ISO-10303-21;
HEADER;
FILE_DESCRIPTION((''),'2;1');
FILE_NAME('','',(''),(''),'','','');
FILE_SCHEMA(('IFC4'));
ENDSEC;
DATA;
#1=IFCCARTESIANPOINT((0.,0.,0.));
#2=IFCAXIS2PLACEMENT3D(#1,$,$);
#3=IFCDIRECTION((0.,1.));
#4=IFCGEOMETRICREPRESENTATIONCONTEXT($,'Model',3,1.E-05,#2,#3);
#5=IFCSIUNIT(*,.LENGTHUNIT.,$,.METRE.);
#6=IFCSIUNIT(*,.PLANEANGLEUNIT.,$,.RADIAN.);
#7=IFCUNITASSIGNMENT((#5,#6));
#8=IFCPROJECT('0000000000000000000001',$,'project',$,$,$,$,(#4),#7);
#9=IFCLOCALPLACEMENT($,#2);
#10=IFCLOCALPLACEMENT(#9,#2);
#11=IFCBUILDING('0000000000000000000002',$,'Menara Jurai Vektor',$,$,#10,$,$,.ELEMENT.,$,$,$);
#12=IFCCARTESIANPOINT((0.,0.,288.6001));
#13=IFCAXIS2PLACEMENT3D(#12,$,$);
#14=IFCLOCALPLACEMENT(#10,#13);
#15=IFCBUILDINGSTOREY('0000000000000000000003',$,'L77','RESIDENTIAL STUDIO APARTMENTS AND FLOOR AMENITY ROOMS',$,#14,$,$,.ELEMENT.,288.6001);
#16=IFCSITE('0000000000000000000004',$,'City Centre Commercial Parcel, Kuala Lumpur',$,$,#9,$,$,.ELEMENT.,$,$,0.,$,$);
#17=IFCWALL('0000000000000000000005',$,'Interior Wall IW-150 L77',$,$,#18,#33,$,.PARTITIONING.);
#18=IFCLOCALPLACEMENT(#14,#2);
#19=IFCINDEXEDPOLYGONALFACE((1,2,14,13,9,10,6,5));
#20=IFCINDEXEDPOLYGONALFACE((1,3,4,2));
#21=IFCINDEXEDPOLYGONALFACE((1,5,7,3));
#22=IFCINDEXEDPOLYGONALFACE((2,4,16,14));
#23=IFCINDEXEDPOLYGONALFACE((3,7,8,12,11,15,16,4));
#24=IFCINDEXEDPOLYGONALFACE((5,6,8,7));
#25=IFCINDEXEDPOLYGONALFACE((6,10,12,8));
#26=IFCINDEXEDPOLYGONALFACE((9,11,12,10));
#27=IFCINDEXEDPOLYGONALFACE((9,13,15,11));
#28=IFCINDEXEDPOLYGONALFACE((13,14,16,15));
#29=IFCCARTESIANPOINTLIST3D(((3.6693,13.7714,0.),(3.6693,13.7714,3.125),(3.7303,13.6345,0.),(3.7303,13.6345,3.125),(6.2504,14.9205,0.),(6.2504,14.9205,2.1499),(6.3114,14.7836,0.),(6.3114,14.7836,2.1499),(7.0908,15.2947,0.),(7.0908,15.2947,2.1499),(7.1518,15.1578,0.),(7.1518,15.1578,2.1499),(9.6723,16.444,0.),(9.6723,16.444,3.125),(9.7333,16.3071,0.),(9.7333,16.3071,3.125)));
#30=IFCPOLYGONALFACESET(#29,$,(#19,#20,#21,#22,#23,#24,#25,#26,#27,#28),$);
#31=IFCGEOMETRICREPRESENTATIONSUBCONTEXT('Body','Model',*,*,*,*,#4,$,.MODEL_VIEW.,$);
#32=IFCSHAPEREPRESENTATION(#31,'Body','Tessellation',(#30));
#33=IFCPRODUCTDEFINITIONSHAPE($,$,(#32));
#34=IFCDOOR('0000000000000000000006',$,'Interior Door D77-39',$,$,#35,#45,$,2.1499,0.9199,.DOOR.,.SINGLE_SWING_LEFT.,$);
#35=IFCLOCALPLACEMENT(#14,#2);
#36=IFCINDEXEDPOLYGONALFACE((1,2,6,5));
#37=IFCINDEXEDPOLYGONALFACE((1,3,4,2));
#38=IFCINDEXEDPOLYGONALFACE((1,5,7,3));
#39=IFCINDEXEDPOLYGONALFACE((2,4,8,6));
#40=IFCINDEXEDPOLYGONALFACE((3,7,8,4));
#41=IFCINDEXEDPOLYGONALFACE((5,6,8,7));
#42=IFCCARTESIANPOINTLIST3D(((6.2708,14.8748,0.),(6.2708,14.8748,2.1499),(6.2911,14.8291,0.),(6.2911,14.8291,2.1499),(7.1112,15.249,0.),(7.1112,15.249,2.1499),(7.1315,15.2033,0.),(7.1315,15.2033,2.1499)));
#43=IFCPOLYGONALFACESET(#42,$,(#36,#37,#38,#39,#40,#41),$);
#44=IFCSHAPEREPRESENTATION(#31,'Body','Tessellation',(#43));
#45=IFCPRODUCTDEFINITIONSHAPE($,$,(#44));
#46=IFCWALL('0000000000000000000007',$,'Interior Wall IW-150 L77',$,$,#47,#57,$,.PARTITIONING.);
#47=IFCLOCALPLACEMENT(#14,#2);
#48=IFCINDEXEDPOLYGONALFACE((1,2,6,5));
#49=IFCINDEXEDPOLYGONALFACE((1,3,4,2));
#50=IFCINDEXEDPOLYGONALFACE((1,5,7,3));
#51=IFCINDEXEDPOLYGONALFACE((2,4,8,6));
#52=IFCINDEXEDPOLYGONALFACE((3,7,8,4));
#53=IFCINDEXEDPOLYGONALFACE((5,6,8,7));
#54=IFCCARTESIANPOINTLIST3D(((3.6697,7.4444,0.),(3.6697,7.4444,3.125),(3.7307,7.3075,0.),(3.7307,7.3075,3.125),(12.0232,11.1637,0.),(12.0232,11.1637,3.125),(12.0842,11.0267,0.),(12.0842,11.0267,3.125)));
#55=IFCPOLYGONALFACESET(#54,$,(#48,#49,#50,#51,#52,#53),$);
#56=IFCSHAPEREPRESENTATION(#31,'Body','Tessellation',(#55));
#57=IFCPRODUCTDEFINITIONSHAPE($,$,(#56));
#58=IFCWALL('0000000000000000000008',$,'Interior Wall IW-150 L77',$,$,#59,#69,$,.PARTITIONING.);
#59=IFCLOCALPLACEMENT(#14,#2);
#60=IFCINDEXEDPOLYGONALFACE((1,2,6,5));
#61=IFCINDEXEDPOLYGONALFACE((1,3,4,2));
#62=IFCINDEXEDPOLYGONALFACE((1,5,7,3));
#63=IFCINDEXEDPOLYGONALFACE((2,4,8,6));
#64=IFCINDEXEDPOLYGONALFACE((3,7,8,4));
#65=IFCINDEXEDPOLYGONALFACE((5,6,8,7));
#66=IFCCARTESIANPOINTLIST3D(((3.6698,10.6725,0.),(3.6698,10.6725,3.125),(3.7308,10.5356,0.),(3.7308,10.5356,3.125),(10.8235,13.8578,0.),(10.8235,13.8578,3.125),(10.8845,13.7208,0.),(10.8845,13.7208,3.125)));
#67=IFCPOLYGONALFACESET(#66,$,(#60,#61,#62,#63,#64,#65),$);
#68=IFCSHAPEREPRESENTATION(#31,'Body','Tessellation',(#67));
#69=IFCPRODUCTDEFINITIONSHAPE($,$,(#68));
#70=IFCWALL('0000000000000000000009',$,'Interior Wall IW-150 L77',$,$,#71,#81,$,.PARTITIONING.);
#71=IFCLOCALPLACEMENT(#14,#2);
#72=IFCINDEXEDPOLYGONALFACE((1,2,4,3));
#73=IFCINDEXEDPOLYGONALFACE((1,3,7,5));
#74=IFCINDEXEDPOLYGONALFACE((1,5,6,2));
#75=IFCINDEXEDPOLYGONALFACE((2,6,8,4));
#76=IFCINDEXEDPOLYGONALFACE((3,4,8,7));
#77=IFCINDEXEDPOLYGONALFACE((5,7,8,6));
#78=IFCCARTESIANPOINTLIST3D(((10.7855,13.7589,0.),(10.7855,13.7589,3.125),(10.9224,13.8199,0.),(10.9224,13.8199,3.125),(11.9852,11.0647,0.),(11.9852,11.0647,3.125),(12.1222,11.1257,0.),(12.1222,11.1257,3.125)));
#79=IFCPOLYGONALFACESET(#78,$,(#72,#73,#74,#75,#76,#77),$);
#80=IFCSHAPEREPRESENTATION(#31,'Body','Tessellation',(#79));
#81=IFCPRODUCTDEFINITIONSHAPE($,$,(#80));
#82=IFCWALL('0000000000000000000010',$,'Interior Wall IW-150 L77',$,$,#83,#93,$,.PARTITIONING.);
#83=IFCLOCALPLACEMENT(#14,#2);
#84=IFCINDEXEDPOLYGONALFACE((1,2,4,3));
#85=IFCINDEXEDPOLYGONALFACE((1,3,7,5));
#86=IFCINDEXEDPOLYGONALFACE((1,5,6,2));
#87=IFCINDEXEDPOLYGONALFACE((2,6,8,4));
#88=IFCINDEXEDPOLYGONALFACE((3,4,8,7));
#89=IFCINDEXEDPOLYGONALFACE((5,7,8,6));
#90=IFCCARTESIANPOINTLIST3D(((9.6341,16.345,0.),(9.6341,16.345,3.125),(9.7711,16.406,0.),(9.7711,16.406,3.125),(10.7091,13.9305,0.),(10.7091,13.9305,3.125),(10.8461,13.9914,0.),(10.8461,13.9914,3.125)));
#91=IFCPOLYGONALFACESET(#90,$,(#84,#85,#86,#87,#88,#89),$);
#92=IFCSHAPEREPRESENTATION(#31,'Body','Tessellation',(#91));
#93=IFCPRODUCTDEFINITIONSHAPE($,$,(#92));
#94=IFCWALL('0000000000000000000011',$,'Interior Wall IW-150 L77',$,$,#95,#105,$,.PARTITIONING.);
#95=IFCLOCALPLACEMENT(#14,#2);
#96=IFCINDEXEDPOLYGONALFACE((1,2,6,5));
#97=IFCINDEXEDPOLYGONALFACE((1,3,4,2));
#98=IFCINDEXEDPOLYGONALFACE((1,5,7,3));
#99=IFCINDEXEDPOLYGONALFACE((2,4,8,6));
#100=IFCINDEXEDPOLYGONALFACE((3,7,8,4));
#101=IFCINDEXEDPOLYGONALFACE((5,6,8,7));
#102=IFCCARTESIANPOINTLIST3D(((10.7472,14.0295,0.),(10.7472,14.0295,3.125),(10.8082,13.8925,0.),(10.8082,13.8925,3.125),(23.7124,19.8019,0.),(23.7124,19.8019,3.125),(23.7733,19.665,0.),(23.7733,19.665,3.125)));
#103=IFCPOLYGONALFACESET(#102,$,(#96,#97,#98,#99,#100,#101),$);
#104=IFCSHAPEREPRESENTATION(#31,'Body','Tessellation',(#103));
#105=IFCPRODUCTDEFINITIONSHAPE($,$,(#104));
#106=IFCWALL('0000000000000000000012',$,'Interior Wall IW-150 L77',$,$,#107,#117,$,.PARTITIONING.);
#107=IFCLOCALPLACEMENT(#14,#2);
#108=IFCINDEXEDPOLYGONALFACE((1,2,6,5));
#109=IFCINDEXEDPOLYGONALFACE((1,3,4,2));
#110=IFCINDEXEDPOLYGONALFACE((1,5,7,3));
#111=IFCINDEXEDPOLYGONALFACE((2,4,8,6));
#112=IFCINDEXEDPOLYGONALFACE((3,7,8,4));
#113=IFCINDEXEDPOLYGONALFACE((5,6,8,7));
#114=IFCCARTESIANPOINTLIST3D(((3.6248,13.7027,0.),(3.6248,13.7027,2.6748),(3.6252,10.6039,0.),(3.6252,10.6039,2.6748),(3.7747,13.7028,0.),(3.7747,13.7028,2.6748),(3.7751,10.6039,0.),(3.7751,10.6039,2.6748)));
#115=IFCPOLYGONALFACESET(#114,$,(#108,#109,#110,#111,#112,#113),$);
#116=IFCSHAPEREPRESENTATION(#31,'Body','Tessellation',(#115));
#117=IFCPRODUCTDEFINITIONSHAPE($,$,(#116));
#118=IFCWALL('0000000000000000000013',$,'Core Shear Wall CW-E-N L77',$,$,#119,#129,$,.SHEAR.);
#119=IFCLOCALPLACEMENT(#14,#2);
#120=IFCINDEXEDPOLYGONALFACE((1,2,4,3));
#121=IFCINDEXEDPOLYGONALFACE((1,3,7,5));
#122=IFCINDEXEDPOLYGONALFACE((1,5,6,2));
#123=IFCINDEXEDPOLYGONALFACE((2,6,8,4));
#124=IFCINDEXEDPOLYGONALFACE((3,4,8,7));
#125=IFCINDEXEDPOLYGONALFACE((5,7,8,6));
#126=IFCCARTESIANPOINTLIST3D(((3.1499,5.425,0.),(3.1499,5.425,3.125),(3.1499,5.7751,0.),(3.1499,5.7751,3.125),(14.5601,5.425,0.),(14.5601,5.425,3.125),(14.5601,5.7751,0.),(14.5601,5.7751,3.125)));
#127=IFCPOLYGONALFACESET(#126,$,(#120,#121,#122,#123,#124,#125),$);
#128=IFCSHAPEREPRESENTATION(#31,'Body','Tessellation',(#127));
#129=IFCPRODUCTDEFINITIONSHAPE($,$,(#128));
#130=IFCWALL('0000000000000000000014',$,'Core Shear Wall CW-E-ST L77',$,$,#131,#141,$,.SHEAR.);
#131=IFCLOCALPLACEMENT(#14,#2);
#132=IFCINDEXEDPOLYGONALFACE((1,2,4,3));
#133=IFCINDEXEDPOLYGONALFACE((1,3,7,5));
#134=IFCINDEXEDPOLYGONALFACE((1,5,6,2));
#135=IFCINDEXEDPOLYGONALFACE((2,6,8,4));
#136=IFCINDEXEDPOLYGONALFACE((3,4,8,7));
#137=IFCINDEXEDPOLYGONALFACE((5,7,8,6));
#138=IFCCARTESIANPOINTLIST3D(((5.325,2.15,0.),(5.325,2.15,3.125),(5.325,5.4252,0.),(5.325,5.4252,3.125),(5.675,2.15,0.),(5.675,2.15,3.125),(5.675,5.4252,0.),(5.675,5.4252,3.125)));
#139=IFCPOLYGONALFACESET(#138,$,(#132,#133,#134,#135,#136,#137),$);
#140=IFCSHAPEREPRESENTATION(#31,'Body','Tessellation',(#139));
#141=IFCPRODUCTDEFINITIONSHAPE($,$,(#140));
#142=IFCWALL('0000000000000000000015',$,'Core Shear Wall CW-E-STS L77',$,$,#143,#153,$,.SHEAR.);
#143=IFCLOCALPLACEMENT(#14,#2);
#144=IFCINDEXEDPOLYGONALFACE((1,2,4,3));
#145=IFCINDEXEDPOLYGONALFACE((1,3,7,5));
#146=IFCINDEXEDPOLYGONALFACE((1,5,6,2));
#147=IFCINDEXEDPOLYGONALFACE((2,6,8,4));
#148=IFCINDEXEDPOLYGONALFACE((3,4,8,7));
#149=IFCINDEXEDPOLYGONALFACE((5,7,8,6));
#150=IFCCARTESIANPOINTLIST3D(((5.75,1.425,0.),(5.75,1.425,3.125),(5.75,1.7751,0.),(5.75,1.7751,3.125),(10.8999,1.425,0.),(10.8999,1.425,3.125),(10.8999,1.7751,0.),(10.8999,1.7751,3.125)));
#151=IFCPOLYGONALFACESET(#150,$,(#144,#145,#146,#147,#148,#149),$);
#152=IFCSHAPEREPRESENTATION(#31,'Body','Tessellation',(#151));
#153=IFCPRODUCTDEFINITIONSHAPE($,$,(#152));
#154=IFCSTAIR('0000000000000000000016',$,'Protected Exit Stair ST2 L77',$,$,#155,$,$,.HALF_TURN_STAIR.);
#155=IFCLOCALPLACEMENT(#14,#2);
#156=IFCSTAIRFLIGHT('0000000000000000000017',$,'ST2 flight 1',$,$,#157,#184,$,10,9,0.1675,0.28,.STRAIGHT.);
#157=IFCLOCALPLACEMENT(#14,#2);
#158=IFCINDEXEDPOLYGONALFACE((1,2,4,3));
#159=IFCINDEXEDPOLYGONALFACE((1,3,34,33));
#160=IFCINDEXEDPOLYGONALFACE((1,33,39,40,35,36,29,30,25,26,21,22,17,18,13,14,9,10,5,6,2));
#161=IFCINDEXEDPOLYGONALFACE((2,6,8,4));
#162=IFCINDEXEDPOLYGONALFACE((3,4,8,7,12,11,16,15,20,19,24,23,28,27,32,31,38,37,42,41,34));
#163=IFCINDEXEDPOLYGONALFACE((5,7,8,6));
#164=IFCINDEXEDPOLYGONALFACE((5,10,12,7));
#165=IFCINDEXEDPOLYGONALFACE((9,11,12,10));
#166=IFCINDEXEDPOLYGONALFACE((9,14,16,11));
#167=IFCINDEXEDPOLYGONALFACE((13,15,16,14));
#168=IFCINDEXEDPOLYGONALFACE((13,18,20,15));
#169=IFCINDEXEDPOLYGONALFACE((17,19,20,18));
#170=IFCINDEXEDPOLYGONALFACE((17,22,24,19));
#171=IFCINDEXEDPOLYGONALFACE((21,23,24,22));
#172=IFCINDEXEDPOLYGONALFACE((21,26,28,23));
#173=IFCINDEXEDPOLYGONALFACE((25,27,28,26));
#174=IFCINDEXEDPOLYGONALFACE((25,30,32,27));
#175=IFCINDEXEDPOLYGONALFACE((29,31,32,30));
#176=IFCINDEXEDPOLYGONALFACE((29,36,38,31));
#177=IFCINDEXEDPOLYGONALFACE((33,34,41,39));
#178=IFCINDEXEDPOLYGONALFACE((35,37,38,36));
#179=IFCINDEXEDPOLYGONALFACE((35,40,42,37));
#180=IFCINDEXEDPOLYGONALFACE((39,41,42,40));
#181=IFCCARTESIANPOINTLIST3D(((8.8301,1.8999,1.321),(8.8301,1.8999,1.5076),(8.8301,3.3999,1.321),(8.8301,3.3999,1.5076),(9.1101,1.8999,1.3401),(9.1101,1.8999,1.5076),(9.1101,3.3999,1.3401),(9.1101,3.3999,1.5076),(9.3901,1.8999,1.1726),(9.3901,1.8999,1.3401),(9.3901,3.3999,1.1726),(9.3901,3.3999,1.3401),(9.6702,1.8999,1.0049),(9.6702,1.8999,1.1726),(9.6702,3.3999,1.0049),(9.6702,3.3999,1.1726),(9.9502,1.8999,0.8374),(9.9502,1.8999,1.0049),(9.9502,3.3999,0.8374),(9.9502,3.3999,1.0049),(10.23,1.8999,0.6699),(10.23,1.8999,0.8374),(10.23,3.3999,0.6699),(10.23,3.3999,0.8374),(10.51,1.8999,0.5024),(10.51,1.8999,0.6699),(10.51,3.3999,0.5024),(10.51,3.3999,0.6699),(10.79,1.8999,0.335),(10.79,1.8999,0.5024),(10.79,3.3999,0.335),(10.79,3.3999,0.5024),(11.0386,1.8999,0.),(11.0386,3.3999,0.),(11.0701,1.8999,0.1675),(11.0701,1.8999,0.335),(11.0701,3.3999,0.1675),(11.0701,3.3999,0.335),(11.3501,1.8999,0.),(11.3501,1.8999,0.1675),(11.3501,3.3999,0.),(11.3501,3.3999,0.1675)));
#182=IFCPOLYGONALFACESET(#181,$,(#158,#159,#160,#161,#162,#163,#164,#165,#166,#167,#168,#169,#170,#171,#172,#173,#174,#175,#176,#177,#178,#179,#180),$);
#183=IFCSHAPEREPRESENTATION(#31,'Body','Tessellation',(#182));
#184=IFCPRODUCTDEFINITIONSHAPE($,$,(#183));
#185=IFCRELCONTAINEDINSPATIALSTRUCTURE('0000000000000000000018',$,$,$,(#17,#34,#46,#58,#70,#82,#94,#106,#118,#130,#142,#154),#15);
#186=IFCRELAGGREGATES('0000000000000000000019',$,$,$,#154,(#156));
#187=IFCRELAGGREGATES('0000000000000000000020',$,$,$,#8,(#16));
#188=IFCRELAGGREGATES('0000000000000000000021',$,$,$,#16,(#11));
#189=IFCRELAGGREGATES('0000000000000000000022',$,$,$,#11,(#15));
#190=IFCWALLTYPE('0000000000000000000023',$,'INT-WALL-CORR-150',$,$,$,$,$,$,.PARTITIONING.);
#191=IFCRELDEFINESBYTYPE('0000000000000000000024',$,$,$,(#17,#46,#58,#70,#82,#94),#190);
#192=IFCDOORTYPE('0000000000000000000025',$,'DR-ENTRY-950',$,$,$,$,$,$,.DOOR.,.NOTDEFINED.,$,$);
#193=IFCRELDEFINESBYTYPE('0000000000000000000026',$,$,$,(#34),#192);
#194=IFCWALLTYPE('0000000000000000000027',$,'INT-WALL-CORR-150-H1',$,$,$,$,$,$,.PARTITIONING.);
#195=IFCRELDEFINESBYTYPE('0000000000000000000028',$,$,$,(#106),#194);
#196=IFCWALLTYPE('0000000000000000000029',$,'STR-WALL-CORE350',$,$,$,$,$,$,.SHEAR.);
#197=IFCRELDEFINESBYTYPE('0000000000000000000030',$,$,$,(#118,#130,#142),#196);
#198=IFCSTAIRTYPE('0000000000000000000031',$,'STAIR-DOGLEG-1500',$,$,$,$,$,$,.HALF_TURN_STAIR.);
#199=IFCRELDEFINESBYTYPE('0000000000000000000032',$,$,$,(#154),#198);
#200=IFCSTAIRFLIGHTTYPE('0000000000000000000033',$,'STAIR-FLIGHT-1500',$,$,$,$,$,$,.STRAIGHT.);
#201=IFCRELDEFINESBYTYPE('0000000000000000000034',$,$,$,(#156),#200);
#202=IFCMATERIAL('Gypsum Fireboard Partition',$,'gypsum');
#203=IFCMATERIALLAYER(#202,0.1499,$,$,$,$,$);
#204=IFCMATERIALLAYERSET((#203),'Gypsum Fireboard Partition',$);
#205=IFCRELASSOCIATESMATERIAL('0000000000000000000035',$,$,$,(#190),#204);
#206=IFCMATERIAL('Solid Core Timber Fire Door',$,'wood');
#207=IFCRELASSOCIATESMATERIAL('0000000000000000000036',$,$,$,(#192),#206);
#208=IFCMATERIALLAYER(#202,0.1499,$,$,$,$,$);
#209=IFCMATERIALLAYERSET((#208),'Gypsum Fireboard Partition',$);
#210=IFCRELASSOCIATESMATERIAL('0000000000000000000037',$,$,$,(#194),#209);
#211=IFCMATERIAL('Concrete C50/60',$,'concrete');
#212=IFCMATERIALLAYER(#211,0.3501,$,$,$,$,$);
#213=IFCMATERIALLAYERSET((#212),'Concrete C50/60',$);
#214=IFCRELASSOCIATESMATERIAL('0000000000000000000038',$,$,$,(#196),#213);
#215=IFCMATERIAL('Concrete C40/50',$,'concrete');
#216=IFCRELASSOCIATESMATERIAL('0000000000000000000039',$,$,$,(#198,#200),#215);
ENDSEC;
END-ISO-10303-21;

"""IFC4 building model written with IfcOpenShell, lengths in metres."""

from ifc_helpers import new_model, si_unit, direction, frame, frame_2d, origin, place, context, subcontext, project, spatial, polyline, rectangle, outline, extrude, material, layer, layer_set, type_object, element, fill, aggregate, save


model = new_model("IFC4")

# Units and contexts
model_context = context("Model", 3, precision=1e-05, world=origin(), true_north=direction((0.0, 1.0)))
body_context = subcontext(model_context, "Body", "Model", "MODEL_VIEW")
ifc_project = project(units=[si_unit("LENGTHUNIT", "METRE"), si_unit("PLANEANGLEUNIT", "RADIAN")], contexts=[model_context])

# Site, building, storey
site_placement = place(None, origin())
site = spatial("IfcSite", under=ifc_project, at=site_placement, Name="City Centre Commercial Parcel, Kuala Lumpur", CompositionType="ELEMENT", RefElevation=0.0)
building_placement = place(site_placement, origin())
building = spatial("IfcBuilding", under=site, at=building_placement, Name="Menara Jurai Vektor", CompositionType="ELEMENT")
storey_placement = place(building_placement, frame((0.0, 0.0, 288.6001)))
storey = spatial("IfcBuildingStorey", under=building, at=storey_placement, Name="L77", Description="RESIDENTIAL STUDIO APARTMENTS AND FLOOR AMENITY ROOMS", CompositionType="ELEMENT", Elevation=288.6001)

# Shared definitions
ifc_material_1 = material(Name="Concrete C50/60", Category="concrete")

# Shared definitions
ifc_material_2 = material(Name="Concrete C40/50", Category="concrete")

# Shared definitions
ifc_material_3 = material(Name="Gypsum Fireboard Partition", Category="gypsum")
ifc_layer_1 = layer(ifc_material_3, 0.1499)
ifc_layer_set_1 = layer_set([ifc_layer_1], Name="Gypsum Fireboard Partition")
wall_type_1 = type_object("IfcWallType", Name="INT-WALL-CORR-150", PredefinedType="PARTITIONING", material=ifc_layer_set_1)

# Wall, opening, door
ifc_material_4 = material(Name="Solid Core Timber Fire Door", Category="wood")
door_type_1 = type_object("IfcDoorType", Name="DR-ENTRY-950", OperationType="NOTDEFINED", PredefinedType="DOOR", material=ifc_material_4)
wall_1_placement = place(storey_placement, frame((3.6997, 13.7029, 0.0), z_axis=(0.0, 0.0, 1.0), x_axis=(0.913549, 0.406728, 0.0)))
wall_1 = element("IfcWall", 1, at=wall_1_placement, inside=storey, type_object=wall_type_1, Name="Interior Wall IW-150 L77", PredefinedType="PARTITIONING", context=body_context, shape_type="SweptSolid", body=[
    extrude(rectangle(XDim=6.571, YDim=0.1499, at=frame_2d((3.2856, 0.0))), origin(), (0.0, 0.0, 1.0), 3.125),
])
opening_1_placement = place(wall_1_placement, frame((2.8254, 0.0, 0.0)))
opening_1 = element("IfcOpeningElement", 2, at=opening_1_placement, cuts=wall_1, PredefinedType="OPENING", context=body_context, shape_type="SweptSolid", body=[
    extrude(rectangle(XDim=0.9199, YDim=2.1499, at=frame_2d((0.46, 1.075))), frame((0.0, 0.085, 0.0), z_axis=(0.0, -1.0, 0.0), x_axis=(1.0, 0.0, 0.0)), (0.0, 0.0, 1.0), 0.1699),
])
door_1_placement = place(opening_1_placement, origin())
door_1 = element("IfcDoor", 3, at=door_1_placement, inside=storey, type_object=door_type_1, Name="Interior Door D77-39", OperationType="SINGLE_SWING_LEFT", OverallHeight=2.1499, OverallWidth=0.9199, PredefinedType="DOOR", context=body_context, shape_type="SweptSolid", body=[
    extrude(rectangle(XDim=0.9199, YDim=2.1499, at=frame_2d((0.46, 1.075))), frame((0.0, 0.0249, 0.0), z_axis=(0.0, -1.0, 0.0), x_axis=(1.0, 0.0, 0.0)), (0.0, 0.0, 1.0), 0.05),
])
fill(opening_1, door_1)

# Walls
wall_2_placement = place(storey_placement, frame((3.7002, 7.376, 0.0), z_axis=(0.0, 0.0, 1.0), x_axis=(0.913545, 0.406738, 0.0)))
element("IfcWall", 4, at=wall_2_placement, inside=storey, type_object=wall_type_1, Name="Interior Wall IW-150 L77", PredefinedType="PARTITIONING", context=body_context, shape_type="SweptSolid", body=[
    extrude(rectangle(XDim=9.144, YDim=0.1499, at=frame_2d((4.572, 0.0))), origin(), (0.0, 0.0, 1.0), 3.125),
])
wall_3_placement = place(storey_placement, frame((3.7002, 10.604, 0.0), z_axis=(0.0, 0.0, 1.0), x_axis=(0.913535, 0.40676, 0.0)))
element("IfcWall", 5, at=wall_3_placement, inside=storey, type_object=wall_type_1, Name="Interior Wall IW-150 L77", PredefinedType="PARTITIONING", context=body_context, shape_type="SweptSolid", body=[
    extrude(rectangle(XDim=7.8308, YDim=0.1499, at=frame_2d((3.9155, 0.0))), origin(), (0.0, 0.0, 1.0), 3.125),
])
wall_4_placement = place(storey_placement, frame((12.0537, 11.0952, 0.0), z_axis=(0.0, 0.0, 1.0), x_axis=(-0.406799, 0.913518, 0.0)))
element("IfcWall", 6, at=wall_4_placement, inside=storey, type_object=wall_type_1, Name="Interior Wall IW-150 L77", PredefinedType="PARTITIONING", context=body_context, shape_type="SweptSolid", body=[
    extrude(rectangle(XDim=2.9492, YDim=0.1499, at=frame_2d((1.4746, 0.0))), origin(), (0.0, 0.0, 1.0), 3.125),
])
wall_5_placement = place(storey_placement, frame((10.7776, 13.9609, 0.0), z_axis=(0.0, 0.0, 1.0), x_axis=(-0.406713, 0.913556, 0.0)))
element("IfcWall", 7, at=wall_5_placement, inside=storey, type_object=wall_type_1, Name="Interior Wall IW-150 L77", PredefinedType="PARTITIONING", context=body_context, shape_type="SweptSolid", body=[
    extrude(rectangle(XDim=2.6431, YDim=0.1499, at=frame_2d((1.3215, 0.0))), origin(), (0.0, 0.0, 1.0), 3.125),
])
wall_6_placement = place(storey_placement, frame((10.7776, 13.9609, 0.0), z_axis=(0.0, 0.0, 1.0), x_axis=(0.913545, 0.406739, 0.0)))
element("IfcWall", 8, at=wall_6_placement, inside=storey, type_object=wall_type_1, Name="Interior Wall IW-150 L77", PredefinedType="PARTITIONING", context=body_context, shape_type="SweptSolid", body=[
    extrude(rectangle(XDim=14.1921, YDim=0.1499, at=frame_2d((7.0962, 0.0))), origin(), (0.0, 0.0, 1.0), 3.125),
])

# Shared definitions
ifc_layer_2 = layer(ifc_material_3, 0.1499)
ifc_layer_set_2 = layer_set([ifc_layer_2], Name="Gypsum Fireboard Partition")
wall_type_2 = type_object("IfcWallType", Name="INT-WALL-CORR-150-H1", PredefinedType="PARTITIONING", material=ifc_layer_set_2)

# Walls
wall_7_placement = place(storey_placement, frame((3.7002, 10.604, 0.0), z_axis=(0.0, 0.0, 1.0), x_axis=(-0.000158, 1.0, 0.0)))
element("IfcWall", 9, at=wall_7_placement, inside=storey, type_object=wall_type_2, Name="Interior Wall IW-150 L77", PredefinedType="PARTITIONING", context=body_context, shape_type="SweptSolid", body=[
    extrude(rectangle(XDim=3.0989, YDim=0.1499, at=frame_2d((1.5493, 0.0))), origin(), (0.0, 0.0, 1.0), 2.6748),
])
ifc_layer_3 = layer(ifc_material_1, 0.3501)
ifc_layer_set_3 = layer_set([ifc_layer_3], Name="Concrete C50/60")
wall_type_3 = type_object("IfcWallType", Name="STR-WALL-CORE350", PredefinedType="SHEAR", material=ifc_layer_set_3)
wall_8_placement = place(storey_placement, frame((3.1499, 5.6001, 0.0), z_axis=(0.0, 0.0, 1.0), x_axis=(1.0, 0.0, 0.0)))
element("IfcWall", 10, at=wall_8_placement, inside=storey, type_object=wall_type_3, Name="Core Shear Wall CW-E-N L77", PredefinedType="SHEAR", context=body_context, shape_type="SweptSolid", body=[
    extrude(rectangle(XDim=11.4102, YDim=0.3501, at=frame_2d((5.7051, 0.0))), origin(), (0.0, 0.0, 1.0), 3.125),
])
wall_9_placement = place(storey_placement, frame((5.5, 2.1499, 0.0), z_axis=(0.0, 0.0, 1.0), x_axis=(0.0, 1.0, 0.0)))
element("IfcWall", 11, at=wall_9_placement, inside=storey, type_object=wall_type_3, Name="Core Shear Wall CW-E-ST L77", PredefinedType="SHEAR", context=body_context, shape_type="SweptSolid", body=[
    extrude(rectangle(XDim=3.2751, YDim=0.3501, at=frame_2d((1.6377, 0.0))), origin(), (0.0, 0.0, 1.0), 3.125),
])
wall_10_placement = place(storey_placement, frame((5.75, 1.6001, 0.0), z_axis=(0.0, 0.0, 1.0), x_axis=(1.0, 0.0, 0.0)))
element("IfcWall", 12, at=wall_10_placement, inside=storey, type_object=wall_type_3, Name="Core Shear Wall CW-E-STS L77", PredefinedType="SHEAR", context=body_context, shape_type="SweptSolid", body=[
    extrude(rectangle(XDim=5.1499, YDim=0.3501, at=frame_2d((2.575, 0.0))), origin(), (0.0, 0.0, 1.0), 3.125),
])

# Stair, stair flight
stair_type = type_object("IfcStairType", Name="STAIR-DOGLEG-1500", PredefinedType="HALF_TURN_STAIR", material=ifc_material_2)
stair_placement = place(storey_placement, origin())
stair = element("IfcStair", 13, at=stair_placement, inside=storey, type_object=stair_type, Name="Protected Exit Stair ST2 L77", PredefinedType="HALF_TURN_STAIR")
stair_flight_type = type_object("IfcStairFlightType", Name="STAIR-FLIGHT-1500", PredefinedType="STRAIGHT", material=ifc_material_2)
stair_flight_1_placement = place(storey_placement, frame((11.3501, 2.6499, 0.0), z_axis=(0.0, 0.0, 1.0), x_axis=(-1.0, 0.0, 0.0)))
stair_flight_1 = element("IfcStairFlight", 14, at=stair_flight_1_placement, type_object=stair_flight_type, Name="ST2 flight 1", NumberOfRisers=10, NumberOfTreads=9, PredefinedType="STRAIGHT", RiserHeight=0.1675, TreadLength=0.28, context=body_context, shape_type="SweptSolid", body=[
    extrude(outline(polyline([(0.0, 0.0), (0.0, 0.1675), (0.28, 0.1675), (0.28, 0.335), (0.5601, 0.335), (0.5601, 0.5024), (0.8401, 0.5024), (0.8401, 0.6699), (1.1201, 0.6699), (1.1201, 0.8374), (1.3999, 0.8374), (1.3999, 1.0049), (1.6799, 1.0049), (1.6799, 1.1726), (1.96, 1.1726), (1.96, 1.3401), (2.24, 1.3401), (2.24, 1.5076), (2.52, 1.5076), (2.52, 1.675), (2.52, 1.321), (0.3115, 0.0), (0.0, 0.0)])), frame((0.0, 0.75, 0.0), z_axis=(0.0, -1.0, 0.0), x_axis=(1.0, 0.0, 0.0)), (0.0, 0.0, 1.0), 1.5),
])
aggregate(stair, [stair_flight_1])

save(model, "model.ifc")
